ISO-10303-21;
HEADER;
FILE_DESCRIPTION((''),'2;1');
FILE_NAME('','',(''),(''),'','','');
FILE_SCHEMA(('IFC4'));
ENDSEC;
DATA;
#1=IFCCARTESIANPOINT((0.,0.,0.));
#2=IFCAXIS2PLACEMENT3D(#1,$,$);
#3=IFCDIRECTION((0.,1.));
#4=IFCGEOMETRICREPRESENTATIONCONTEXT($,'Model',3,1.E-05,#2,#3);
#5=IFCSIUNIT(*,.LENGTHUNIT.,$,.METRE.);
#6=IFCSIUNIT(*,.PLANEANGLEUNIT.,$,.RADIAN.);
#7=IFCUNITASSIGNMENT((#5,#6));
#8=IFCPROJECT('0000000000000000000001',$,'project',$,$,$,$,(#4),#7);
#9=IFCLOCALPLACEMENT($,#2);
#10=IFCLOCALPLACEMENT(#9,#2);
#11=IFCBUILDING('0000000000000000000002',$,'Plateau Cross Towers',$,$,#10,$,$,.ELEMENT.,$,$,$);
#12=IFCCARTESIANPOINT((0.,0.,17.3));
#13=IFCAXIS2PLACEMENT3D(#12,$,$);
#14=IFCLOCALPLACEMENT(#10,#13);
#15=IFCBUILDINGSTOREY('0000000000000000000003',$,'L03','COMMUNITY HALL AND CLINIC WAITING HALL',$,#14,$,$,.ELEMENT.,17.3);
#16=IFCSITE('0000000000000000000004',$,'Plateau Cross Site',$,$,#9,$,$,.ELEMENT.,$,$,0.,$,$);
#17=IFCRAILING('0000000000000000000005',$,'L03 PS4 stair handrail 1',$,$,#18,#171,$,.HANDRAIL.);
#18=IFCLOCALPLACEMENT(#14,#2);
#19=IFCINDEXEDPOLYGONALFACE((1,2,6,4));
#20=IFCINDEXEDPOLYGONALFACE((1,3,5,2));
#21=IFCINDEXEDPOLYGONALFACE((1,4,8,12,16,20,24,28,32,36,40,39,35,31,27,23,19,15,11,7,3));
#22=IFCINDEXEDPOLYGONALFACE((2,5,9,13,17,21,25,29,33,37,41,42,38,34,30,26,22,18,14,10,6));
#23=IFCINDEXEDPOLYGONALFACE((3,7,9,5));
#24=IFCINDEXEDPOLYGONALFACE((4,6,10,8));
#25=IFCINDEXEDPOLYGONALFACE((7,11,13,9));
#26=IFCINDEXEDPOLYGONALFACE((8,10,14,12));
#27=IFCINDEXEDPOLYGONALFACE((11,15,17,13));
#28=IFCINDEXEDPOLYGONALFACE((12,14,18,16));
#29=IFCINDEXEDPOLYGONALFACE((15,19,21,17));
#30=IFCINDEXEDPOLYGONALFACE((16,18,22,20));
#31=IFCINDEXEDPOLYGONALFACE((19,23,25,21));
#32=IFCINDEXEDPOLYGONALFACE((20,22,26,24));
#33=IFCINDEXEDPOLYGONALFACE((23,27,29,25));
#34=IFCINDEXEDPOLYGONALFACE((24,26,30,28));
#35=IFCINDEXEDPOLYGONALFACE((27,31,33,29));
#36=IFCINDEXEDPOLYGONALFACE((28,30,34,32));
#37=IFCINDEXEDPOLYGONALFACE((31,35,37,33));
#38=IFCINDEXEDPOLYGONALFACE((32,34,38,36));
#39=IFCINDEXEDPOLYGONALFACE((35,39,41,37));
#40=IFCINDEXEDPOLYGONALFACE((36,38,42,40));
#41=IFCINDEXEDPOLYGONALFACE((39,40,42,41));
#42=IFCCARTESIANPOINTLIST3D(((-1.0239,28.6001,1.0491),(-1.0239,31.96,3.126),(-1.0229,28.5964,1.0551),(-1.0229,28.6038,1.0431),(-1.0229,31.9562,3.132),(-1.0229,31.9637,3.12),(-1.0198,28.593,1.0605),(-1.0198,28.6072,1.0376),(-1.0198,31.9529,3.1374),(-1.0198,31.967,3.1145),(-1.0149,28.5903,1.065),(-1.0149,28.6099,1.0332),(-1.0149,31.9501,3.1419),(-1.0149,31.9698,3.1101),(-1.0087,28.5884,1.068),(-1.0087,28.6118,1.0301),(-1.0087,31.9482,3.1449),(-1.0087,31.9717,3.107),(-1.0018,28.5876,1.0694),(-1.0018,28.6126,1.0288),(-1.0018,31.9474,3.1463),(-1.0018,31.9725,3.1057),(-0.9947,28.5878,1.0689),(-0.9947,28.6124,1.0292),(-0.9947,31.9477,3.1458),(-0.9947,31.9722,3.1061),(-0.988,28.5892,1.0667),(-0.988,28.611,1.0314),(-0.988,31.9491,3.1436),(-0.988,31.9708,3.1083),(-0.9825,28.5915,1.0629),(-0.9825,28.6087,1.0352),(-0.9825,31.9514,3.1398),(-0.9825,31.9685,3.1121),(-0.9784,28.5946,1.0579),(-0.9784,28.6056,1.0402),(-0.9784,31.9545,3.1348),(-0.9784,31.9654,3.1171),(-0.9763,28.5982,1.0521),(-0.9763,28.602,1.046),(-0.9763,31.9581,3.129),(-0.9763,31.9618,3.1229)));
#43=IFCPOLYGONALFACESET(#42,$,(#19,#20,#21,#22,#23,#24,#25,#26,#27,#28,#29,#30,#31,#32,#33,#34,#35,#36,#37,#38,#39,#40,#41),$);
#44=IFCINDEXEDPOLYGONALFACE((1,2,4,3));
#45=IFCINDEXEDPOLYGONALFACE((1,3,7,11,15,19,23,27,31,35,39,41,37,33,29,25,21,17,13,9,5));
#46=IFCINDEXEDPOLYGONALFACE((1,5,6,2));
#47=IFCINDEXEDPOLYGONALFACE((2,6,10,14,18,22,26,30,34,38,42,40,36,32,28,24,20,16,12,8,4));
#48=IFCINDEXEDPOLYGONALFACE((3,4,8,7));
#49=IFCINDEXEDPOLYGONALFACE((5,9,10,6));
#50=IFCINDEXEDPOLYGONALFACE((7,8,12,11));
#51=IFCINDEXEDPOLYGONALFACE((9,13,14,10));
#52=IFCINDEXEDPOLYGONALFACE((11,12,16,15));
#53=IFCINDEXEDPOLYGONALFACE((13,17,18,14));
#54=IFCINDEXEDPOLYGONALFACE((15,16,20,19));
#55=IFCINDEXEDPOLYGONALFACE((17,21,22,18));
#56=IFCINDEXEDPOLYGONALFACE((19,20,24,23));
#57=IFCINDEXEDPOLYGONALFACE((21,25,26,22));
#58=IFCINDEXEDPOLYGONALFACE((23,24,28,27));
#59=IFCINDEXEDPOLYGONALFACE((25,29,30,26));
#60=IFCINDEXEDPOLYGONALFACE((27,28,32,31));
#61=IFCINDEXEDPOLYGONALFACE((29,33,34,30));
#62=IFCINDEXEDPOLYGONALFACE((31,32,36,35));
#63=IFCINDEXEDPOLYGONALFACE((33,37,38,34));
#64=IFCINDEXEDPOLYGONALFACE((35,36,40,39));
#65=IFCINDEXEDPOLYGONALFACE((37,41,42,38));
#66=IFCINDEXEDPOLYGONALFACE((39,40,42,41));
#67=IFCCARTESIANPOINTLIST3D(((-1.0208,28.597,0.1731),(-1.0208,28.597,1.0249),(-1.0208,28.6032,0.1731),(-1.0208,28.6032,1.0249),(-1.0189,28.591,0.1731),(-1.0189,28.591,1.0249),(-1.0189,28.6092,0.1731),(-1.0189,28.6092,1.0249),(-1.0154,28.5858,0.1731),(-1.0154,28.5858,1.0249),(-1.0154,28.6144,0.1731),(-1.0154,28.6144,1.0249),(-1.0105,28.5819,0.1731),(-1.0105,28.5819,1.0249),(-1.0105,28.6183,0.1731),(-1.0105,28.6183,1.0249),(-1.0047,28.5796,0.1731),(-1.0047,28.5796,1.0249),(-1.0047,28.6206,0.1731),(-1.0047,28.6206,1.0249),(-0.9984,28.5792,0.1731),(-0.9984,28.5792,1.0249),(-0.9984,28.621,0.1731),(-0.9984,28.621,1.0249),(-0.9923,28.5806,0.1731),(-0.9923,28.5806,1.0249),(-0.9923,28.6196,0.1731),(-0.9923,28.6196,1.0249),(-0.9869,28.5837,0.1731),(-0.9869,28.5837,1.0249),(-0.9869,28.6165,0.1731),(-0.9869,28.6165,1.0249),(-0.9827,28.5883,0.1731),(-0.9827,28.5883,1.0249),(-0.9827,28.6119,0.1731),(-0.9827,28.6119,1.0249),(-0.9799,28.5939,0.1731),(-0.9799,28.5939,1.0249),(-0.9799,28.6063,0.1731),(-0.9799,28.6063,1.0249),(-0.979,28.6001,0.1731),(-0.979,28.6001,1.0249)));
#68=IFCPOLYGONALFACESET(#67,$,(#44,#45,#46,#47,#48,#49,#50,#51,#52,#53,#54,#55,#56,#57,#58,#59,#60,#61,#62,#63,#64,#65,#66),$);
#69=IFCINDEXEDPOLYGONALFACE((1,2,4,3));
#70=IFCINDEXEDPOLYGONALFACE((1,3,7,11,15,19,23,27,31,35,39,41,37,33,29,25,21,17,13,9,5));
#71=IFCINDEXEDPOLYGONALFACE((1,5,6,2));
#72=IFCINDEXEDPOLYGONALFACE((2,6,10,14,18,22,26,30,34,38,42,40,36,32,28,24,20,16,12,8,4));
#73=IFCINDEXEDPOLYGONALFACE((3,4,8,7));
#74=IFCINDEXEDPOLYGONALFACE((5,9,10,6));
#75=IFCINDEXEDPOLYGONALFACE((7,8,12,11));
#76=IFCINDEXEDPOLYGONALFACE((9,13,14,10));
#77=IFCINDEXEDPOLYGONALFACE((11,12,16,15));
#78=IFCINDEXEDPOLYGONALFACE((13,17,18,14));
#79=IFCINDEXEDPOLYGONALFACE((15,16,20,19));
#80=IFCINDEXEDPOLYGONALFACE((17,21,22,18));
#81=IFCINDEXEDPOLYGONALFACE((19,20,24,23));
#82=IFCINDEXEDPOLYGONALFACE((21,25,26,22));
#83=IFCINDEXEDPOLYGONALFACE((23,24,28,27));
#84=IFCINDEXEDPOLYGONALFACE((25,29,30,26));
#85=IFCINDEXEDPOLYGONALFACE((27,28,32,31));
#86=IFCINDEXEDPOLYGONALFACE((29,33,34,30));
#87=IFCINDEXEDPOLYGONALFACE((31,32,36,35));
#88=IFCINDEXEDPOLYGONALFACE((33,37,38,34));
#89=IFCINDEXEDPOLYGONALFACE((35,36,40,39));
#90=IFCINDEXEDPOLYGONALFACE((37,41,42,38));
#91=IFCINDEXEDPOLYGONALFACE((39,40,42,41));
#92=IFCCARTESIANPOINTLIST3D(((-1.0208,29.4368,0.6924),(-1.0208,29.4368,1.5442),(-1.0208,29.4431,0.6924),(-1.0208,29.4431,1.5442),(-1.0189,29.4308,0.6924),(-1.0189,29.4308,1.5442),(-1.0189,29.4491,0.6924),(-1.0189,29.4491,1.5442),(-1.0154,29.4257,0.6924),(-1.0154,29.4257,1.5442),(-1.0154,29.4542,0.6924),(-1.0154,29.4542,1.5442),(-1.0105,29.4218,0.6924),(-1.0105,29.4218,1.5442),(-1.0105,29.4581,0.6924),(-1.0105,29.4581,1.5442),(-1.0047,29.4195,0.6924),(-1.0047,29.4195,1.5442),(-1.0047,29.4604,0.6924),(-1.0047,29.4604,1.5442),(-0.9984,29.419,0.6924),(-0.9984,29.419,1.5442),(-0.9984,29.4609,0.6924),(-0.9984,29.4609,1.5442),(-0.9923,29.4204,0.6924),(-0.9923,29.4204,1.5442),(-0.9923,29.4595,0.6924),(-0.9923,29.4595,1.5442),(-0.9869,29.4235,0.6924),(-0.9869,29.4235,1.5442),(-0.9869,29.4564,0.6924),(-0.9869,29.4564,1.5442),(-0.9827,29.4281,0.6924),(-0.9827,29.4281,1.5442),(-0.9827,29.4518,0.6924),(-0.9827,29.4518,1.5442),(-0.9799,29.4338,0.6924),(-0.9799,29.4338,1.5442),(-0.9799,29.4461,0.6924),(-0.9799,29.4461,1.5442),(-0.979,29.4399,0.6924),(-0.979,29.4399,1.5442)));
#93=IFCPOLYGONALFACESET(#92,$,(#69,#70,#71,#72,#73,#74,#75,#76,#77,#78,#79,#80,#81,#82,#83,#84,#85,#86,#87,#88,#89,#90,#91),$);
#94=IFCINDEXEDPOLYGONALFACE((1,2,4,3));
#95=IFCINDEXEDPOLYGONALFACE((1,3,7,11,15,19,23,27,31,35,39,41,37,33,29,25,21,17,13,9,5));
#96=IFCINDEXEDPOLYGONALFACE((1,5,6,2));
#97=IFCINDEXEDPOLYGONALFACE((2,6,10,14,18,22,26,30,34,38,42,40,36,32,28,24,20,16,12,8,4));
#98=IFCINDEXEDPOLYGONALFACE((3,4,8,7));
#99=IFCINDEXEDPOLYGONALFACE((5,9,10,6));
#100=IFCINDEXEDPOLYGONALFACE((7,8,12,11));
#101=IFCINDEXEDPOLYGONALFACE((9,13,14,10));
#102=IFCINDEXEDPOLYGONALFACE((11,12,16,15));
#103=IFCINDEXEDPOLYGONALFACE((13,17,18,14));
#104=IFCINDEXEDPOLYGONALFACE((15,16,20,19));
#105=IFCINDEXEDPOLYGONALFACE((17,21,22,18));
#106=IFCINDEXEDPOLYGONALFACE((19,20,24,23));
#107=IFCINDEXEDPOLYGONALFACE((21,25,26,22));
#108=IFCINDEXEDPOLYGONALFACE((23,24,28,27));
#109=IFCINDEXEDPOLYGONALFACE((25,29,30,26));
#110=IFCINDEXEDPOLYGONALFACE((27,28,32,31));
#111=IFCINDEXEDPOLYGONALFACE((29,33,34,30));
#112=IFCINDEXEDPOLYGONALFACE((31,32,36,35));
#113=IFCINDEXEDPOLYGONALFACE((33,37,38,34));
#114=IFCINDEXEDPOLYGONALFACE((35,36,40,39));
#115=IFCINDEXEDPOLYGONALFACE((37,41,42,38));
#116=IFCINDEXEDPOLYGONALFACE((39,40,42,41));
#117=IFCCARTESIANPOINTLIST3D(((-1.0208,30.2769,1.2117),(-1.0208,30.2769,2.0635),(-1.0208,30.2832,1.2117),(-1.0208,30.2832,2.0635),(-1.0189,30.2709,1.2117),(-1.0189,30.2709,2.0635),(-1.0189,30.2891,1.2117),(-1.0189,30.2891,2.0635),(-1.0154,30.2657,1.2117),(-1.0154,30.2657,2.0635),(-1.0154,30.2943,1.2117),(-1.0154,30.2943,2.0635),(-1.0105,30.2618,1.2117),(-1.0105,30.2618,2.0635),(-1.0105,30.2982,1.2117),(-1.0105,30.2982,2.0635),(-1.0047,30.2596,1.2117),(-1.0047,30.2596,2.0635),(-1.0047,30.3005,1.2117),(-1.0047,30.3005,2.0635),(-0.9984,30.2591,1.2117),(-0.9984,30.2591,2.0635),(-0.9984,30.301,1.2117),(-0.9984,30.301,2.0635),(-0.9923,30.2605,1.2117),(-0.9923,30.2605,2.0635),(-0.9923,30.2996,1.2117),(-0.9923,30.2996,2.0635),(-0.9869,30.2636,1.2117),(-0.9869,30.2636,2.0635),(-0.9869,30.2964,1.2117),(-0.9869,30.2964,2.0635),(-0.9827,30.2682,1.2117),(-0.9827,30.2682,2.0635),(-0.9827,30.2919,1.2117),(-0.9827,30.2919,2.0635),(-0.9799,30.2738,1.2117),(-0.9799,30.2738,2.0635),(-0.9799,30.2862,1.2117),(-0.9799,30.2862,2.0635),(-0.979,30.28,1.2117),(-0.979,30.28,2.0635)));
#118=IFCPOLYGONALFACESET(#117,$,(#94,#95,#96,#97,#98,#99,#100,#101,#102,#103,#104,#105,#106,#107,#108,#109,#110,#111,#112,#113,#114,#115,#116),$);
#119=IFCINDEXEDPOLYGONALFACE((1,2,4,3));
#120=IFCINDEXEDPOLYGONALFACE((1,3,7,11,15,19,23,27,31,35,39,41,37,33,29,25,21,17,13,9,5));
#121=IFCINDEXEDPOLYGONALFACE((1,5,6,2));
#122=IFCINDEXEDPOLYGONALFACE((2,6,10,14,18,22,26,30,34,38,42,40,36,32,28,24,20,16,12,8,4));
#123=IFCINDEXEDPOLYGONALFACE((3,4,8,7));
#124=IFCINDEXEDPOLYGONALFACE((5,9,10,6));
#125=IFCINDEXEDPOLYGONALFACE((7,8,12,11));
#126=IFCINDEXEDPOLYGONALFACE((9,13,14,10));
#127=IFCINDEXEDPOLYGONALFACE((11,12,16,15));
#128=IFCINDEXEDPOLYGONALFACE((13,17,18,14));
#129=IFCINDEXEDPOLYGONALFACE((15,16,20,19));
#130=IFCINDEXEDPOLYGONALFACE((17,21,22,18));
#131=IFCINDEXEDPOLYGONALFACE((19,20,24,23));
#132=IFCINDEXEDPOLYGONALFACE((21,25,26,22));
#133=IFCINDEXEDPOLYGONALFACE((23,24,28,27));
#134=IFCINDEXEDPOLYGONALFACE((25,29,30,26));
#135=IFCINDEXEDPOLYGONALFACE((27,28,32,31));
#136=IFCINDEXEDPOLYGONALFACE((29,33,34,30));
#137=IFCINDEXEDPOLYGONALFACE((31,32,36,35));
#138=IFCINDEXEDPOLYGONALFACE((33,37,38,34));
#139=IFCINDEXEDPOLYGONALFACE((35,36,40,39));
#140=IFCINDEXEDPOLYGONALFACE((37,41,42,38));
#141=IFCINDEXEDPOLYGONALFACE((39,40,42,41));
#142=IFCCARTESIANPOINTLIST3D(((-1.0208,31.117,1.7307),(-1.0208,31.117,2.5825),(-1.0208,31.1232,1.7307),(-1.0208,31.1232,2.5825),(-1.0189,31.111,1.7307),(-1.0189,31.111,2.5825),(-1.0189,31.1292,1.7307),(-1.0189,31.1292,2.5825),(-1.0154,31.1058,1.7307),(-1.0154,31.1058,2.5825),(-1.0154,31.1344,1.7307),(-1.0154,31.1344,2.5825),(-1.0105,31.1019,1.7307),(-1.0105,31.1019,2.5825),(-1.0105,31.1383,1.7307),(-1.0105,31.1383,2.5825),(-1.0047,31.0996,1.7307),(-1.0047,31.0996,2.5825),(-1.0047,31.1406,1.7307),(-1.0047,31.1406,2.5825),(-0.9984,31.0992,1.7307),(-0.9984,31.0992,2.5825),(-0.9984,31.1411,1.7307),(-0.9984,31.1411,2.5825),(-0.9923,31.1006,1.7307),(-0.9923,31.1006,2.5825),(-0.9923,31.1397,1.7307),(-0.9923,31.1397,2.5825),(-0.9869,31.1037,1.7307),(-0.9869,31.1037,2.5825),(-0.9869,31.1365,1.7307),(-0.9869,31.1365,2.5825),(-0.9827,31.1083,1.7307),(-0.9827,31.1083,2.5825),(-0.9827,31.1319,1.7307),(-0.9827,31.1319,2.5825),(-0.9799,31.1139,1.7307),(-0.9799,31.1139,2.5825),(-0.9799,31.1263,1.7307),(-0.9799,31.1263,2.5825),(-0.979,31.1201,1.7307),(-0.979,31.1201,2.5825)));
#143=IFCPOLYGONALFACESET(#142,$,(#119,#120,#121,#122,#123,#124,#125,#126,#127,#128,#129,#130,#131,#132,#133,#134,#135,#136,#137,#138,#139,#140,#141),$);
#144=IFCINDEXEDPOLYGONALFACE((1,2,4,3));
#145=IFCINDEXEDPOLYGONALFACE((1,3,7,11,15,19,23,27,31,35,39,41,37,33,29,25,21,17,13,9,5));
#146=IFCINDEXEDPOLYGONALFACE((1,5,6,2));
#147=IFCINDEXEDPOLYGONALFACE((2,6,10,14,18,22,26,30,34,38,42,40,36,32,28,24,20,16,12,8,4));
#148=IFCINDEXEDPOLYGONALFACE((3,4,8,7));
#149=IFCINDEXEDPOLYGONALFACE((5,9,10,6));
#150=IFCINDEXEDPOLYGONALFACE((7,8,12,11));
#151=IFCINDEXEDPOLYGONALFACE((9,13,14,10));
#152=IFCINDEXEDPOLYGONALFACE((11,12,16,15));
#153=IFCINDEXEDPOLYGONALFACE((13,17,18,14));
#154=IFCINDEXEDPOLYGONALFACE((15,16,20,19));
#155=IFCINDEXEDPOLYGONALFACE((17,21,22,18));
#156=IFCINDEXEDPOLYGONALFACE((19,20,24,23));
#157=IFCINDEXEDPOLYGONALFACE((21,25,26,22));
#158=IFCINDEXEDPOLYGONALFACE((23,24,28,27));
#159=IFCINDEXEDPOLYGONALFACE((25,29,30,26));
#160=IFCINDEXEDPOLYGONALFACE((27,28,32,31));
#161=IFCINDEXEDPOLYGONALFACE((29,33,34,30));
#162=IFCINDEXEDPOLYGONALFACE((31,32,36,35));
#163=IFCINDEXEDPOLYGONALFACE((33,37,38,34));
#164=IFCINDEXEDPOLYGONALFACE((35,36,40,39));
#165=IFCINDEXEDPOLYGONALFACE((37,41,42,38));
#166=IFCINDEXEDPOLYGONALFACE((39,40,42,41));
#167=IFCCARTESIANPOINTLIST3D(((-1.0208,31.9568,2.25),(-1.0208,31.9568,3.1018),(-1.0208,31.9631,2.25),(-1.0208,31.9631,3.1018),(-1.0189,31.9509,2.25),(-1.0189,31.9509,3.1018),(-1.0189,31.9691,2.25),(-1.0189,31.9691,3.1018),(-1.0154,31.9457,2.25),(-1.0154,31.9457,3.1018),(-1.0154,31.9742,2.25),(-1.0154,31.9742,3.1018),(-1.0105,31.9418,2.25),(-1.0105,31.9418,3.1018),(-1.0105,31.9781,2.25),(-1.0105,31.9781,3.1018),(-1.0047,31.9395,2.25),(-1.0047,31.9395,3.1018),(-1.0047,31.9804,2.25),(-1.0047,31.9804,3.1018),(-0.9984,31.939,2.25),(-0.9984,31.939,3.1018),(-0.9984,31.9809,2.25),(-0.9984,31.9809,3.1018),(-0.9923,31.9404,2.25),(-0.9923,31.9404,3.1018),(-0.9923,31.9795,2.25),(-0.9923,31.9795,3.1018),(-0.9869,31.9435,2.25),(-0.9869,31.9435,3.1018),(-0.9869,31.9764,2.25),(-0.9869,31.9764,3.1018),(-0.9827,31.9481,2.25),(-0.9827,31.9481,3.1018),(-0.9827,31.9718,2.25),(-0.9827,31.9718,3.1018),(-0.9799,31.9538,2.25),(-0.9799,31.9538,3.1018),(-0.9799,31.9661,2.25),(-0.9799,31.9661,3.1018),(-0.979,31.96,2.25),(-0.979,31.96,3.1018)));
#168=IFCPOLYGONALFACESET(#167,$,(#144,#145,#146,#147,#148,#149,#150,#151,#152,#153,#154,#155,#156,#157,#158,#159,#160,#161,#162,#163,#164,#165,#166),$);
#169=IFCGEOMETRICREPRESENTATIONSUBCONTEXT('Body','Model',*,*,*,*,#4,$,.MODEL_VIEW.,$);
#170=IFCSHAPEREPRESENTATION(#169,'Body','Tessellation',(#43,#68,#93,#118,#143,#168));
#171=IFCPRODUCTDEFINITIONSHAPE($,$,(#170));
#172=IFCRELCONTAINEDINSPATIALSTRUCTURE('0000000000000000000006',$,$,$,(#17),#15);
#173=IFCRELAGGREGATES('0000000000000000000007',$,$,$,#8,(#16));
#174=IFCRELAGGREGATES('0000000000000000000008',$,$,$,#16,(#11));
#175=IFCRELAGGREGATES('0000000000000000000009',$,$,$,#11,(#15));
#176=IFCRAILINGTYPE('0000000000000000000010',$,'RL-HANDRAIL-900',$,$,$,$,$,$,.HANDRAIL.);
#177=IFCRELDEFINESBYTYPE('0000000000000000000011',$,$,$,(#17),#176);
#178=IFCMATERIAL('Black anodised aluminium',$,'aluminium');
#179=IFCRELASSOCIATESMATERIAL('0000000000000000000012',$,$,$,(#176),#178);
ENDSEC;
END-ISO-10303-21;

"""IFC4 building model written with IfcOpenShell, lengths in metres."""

from ifc_helpers import new_model, si_unit, direction, frame, origin, origin_2d, place, context, subcontext, project, spatial, circle, extrude, material, type_object, element, save


model = new_model("IFC4")

# Units and contexts
model_context = context("Model", 3, precision=1e-05, world=origin(), true_north=direction((0.0, 1.0)))
body_context = subcontext(model_context, "Body", "Model", "MODEL_VIEW")
ifc_project = project(units=[si_unit("LENGTHUNIT", "METRE"), si_unit("PLANEANGLEUNIT", "RADIAN")], contexts=[model_context])

# Site, building, storey
site_placement = place(None, origin())
site = spatial("IfcSite", under=ifc_project, at=site_placement, Name="Plateau Cross Site", CompositionType="ELEMENT", RefElevation=0.0)
building_placement = place(site_placement, origin())
building = spatial("IfcBuilding", under=site, at=building_placement, Name="Plateau Cross Towers", CompositionType="ELEMENT")
storey_placement = place(building_placement, frame((0.0, 0.0, 17.3)))
storey = spatial("IfcBuildingStorey", under=building, at=storey_placement, Name="L03", Description="COMMUNITY HALL AND CLINIC WAITING HALL", CompositionType="ELEMENT", Elevation=17.3)

# Shared definitions
ifc_material_1 = material(Name="Black anodised aluminium", Category="aluminium")

# Railing
railing_type_1 = type_object("IfcRailingType", Name="RL-HANDRAIL-900", PredefinedType="HANDRAIL", material=ifc_material_1)
railing_1_placement = place(storey_placement, frame((-1.0, 28.6001, 0.1731)))
element("IfcRailing", 1, at=railing_1_placement, inside=storey, type_object=railing_type_1, Name="L03 PS4 stair handrail 1", PredefinedType="HANDRAIL", context=body_context, shape_type="SweptSolid", body=[
    extrude(circle(Radius=0.0239, at=origin_2d()), frame((0.0, 0.0, 0.876), z_axis=(0.0, 0.850606, 0.525803), x_axis=(-1.0, 0.0, 0.0)), (0.0, 0.0, 1.0), 3.95),
    extrude(circle(Radius=0.021, at=origin_2d()), origin(), (0.0, 0.0, 1.0), 0.8518),
    extrude(circle(Radius=0.021, at=origin_2d()), frame((0.0, 0.8398, 0.5193)), (0.0, 0.0, 1.0), 0.8518),
    extrude(circle(Radius=0.021, at=origin_2d()), frame((0.0, 1.6799, 1.0386)), (0.0, 0.0, 1.0), 0.8518),
    extrude(circle(Radius=0.021, at=origin_2d()), frame((0.0, 2.52, 1.5576)), (0.0, 0.0, 1.0), 0.8518),
    extrude(circle(Radius=0.021, at=origin_2d()), frame((0.0, 3.3599, 2.0769)), (0.0, 0.0, 1.0), 0.8518),
])

save(model, "model.ifc")
